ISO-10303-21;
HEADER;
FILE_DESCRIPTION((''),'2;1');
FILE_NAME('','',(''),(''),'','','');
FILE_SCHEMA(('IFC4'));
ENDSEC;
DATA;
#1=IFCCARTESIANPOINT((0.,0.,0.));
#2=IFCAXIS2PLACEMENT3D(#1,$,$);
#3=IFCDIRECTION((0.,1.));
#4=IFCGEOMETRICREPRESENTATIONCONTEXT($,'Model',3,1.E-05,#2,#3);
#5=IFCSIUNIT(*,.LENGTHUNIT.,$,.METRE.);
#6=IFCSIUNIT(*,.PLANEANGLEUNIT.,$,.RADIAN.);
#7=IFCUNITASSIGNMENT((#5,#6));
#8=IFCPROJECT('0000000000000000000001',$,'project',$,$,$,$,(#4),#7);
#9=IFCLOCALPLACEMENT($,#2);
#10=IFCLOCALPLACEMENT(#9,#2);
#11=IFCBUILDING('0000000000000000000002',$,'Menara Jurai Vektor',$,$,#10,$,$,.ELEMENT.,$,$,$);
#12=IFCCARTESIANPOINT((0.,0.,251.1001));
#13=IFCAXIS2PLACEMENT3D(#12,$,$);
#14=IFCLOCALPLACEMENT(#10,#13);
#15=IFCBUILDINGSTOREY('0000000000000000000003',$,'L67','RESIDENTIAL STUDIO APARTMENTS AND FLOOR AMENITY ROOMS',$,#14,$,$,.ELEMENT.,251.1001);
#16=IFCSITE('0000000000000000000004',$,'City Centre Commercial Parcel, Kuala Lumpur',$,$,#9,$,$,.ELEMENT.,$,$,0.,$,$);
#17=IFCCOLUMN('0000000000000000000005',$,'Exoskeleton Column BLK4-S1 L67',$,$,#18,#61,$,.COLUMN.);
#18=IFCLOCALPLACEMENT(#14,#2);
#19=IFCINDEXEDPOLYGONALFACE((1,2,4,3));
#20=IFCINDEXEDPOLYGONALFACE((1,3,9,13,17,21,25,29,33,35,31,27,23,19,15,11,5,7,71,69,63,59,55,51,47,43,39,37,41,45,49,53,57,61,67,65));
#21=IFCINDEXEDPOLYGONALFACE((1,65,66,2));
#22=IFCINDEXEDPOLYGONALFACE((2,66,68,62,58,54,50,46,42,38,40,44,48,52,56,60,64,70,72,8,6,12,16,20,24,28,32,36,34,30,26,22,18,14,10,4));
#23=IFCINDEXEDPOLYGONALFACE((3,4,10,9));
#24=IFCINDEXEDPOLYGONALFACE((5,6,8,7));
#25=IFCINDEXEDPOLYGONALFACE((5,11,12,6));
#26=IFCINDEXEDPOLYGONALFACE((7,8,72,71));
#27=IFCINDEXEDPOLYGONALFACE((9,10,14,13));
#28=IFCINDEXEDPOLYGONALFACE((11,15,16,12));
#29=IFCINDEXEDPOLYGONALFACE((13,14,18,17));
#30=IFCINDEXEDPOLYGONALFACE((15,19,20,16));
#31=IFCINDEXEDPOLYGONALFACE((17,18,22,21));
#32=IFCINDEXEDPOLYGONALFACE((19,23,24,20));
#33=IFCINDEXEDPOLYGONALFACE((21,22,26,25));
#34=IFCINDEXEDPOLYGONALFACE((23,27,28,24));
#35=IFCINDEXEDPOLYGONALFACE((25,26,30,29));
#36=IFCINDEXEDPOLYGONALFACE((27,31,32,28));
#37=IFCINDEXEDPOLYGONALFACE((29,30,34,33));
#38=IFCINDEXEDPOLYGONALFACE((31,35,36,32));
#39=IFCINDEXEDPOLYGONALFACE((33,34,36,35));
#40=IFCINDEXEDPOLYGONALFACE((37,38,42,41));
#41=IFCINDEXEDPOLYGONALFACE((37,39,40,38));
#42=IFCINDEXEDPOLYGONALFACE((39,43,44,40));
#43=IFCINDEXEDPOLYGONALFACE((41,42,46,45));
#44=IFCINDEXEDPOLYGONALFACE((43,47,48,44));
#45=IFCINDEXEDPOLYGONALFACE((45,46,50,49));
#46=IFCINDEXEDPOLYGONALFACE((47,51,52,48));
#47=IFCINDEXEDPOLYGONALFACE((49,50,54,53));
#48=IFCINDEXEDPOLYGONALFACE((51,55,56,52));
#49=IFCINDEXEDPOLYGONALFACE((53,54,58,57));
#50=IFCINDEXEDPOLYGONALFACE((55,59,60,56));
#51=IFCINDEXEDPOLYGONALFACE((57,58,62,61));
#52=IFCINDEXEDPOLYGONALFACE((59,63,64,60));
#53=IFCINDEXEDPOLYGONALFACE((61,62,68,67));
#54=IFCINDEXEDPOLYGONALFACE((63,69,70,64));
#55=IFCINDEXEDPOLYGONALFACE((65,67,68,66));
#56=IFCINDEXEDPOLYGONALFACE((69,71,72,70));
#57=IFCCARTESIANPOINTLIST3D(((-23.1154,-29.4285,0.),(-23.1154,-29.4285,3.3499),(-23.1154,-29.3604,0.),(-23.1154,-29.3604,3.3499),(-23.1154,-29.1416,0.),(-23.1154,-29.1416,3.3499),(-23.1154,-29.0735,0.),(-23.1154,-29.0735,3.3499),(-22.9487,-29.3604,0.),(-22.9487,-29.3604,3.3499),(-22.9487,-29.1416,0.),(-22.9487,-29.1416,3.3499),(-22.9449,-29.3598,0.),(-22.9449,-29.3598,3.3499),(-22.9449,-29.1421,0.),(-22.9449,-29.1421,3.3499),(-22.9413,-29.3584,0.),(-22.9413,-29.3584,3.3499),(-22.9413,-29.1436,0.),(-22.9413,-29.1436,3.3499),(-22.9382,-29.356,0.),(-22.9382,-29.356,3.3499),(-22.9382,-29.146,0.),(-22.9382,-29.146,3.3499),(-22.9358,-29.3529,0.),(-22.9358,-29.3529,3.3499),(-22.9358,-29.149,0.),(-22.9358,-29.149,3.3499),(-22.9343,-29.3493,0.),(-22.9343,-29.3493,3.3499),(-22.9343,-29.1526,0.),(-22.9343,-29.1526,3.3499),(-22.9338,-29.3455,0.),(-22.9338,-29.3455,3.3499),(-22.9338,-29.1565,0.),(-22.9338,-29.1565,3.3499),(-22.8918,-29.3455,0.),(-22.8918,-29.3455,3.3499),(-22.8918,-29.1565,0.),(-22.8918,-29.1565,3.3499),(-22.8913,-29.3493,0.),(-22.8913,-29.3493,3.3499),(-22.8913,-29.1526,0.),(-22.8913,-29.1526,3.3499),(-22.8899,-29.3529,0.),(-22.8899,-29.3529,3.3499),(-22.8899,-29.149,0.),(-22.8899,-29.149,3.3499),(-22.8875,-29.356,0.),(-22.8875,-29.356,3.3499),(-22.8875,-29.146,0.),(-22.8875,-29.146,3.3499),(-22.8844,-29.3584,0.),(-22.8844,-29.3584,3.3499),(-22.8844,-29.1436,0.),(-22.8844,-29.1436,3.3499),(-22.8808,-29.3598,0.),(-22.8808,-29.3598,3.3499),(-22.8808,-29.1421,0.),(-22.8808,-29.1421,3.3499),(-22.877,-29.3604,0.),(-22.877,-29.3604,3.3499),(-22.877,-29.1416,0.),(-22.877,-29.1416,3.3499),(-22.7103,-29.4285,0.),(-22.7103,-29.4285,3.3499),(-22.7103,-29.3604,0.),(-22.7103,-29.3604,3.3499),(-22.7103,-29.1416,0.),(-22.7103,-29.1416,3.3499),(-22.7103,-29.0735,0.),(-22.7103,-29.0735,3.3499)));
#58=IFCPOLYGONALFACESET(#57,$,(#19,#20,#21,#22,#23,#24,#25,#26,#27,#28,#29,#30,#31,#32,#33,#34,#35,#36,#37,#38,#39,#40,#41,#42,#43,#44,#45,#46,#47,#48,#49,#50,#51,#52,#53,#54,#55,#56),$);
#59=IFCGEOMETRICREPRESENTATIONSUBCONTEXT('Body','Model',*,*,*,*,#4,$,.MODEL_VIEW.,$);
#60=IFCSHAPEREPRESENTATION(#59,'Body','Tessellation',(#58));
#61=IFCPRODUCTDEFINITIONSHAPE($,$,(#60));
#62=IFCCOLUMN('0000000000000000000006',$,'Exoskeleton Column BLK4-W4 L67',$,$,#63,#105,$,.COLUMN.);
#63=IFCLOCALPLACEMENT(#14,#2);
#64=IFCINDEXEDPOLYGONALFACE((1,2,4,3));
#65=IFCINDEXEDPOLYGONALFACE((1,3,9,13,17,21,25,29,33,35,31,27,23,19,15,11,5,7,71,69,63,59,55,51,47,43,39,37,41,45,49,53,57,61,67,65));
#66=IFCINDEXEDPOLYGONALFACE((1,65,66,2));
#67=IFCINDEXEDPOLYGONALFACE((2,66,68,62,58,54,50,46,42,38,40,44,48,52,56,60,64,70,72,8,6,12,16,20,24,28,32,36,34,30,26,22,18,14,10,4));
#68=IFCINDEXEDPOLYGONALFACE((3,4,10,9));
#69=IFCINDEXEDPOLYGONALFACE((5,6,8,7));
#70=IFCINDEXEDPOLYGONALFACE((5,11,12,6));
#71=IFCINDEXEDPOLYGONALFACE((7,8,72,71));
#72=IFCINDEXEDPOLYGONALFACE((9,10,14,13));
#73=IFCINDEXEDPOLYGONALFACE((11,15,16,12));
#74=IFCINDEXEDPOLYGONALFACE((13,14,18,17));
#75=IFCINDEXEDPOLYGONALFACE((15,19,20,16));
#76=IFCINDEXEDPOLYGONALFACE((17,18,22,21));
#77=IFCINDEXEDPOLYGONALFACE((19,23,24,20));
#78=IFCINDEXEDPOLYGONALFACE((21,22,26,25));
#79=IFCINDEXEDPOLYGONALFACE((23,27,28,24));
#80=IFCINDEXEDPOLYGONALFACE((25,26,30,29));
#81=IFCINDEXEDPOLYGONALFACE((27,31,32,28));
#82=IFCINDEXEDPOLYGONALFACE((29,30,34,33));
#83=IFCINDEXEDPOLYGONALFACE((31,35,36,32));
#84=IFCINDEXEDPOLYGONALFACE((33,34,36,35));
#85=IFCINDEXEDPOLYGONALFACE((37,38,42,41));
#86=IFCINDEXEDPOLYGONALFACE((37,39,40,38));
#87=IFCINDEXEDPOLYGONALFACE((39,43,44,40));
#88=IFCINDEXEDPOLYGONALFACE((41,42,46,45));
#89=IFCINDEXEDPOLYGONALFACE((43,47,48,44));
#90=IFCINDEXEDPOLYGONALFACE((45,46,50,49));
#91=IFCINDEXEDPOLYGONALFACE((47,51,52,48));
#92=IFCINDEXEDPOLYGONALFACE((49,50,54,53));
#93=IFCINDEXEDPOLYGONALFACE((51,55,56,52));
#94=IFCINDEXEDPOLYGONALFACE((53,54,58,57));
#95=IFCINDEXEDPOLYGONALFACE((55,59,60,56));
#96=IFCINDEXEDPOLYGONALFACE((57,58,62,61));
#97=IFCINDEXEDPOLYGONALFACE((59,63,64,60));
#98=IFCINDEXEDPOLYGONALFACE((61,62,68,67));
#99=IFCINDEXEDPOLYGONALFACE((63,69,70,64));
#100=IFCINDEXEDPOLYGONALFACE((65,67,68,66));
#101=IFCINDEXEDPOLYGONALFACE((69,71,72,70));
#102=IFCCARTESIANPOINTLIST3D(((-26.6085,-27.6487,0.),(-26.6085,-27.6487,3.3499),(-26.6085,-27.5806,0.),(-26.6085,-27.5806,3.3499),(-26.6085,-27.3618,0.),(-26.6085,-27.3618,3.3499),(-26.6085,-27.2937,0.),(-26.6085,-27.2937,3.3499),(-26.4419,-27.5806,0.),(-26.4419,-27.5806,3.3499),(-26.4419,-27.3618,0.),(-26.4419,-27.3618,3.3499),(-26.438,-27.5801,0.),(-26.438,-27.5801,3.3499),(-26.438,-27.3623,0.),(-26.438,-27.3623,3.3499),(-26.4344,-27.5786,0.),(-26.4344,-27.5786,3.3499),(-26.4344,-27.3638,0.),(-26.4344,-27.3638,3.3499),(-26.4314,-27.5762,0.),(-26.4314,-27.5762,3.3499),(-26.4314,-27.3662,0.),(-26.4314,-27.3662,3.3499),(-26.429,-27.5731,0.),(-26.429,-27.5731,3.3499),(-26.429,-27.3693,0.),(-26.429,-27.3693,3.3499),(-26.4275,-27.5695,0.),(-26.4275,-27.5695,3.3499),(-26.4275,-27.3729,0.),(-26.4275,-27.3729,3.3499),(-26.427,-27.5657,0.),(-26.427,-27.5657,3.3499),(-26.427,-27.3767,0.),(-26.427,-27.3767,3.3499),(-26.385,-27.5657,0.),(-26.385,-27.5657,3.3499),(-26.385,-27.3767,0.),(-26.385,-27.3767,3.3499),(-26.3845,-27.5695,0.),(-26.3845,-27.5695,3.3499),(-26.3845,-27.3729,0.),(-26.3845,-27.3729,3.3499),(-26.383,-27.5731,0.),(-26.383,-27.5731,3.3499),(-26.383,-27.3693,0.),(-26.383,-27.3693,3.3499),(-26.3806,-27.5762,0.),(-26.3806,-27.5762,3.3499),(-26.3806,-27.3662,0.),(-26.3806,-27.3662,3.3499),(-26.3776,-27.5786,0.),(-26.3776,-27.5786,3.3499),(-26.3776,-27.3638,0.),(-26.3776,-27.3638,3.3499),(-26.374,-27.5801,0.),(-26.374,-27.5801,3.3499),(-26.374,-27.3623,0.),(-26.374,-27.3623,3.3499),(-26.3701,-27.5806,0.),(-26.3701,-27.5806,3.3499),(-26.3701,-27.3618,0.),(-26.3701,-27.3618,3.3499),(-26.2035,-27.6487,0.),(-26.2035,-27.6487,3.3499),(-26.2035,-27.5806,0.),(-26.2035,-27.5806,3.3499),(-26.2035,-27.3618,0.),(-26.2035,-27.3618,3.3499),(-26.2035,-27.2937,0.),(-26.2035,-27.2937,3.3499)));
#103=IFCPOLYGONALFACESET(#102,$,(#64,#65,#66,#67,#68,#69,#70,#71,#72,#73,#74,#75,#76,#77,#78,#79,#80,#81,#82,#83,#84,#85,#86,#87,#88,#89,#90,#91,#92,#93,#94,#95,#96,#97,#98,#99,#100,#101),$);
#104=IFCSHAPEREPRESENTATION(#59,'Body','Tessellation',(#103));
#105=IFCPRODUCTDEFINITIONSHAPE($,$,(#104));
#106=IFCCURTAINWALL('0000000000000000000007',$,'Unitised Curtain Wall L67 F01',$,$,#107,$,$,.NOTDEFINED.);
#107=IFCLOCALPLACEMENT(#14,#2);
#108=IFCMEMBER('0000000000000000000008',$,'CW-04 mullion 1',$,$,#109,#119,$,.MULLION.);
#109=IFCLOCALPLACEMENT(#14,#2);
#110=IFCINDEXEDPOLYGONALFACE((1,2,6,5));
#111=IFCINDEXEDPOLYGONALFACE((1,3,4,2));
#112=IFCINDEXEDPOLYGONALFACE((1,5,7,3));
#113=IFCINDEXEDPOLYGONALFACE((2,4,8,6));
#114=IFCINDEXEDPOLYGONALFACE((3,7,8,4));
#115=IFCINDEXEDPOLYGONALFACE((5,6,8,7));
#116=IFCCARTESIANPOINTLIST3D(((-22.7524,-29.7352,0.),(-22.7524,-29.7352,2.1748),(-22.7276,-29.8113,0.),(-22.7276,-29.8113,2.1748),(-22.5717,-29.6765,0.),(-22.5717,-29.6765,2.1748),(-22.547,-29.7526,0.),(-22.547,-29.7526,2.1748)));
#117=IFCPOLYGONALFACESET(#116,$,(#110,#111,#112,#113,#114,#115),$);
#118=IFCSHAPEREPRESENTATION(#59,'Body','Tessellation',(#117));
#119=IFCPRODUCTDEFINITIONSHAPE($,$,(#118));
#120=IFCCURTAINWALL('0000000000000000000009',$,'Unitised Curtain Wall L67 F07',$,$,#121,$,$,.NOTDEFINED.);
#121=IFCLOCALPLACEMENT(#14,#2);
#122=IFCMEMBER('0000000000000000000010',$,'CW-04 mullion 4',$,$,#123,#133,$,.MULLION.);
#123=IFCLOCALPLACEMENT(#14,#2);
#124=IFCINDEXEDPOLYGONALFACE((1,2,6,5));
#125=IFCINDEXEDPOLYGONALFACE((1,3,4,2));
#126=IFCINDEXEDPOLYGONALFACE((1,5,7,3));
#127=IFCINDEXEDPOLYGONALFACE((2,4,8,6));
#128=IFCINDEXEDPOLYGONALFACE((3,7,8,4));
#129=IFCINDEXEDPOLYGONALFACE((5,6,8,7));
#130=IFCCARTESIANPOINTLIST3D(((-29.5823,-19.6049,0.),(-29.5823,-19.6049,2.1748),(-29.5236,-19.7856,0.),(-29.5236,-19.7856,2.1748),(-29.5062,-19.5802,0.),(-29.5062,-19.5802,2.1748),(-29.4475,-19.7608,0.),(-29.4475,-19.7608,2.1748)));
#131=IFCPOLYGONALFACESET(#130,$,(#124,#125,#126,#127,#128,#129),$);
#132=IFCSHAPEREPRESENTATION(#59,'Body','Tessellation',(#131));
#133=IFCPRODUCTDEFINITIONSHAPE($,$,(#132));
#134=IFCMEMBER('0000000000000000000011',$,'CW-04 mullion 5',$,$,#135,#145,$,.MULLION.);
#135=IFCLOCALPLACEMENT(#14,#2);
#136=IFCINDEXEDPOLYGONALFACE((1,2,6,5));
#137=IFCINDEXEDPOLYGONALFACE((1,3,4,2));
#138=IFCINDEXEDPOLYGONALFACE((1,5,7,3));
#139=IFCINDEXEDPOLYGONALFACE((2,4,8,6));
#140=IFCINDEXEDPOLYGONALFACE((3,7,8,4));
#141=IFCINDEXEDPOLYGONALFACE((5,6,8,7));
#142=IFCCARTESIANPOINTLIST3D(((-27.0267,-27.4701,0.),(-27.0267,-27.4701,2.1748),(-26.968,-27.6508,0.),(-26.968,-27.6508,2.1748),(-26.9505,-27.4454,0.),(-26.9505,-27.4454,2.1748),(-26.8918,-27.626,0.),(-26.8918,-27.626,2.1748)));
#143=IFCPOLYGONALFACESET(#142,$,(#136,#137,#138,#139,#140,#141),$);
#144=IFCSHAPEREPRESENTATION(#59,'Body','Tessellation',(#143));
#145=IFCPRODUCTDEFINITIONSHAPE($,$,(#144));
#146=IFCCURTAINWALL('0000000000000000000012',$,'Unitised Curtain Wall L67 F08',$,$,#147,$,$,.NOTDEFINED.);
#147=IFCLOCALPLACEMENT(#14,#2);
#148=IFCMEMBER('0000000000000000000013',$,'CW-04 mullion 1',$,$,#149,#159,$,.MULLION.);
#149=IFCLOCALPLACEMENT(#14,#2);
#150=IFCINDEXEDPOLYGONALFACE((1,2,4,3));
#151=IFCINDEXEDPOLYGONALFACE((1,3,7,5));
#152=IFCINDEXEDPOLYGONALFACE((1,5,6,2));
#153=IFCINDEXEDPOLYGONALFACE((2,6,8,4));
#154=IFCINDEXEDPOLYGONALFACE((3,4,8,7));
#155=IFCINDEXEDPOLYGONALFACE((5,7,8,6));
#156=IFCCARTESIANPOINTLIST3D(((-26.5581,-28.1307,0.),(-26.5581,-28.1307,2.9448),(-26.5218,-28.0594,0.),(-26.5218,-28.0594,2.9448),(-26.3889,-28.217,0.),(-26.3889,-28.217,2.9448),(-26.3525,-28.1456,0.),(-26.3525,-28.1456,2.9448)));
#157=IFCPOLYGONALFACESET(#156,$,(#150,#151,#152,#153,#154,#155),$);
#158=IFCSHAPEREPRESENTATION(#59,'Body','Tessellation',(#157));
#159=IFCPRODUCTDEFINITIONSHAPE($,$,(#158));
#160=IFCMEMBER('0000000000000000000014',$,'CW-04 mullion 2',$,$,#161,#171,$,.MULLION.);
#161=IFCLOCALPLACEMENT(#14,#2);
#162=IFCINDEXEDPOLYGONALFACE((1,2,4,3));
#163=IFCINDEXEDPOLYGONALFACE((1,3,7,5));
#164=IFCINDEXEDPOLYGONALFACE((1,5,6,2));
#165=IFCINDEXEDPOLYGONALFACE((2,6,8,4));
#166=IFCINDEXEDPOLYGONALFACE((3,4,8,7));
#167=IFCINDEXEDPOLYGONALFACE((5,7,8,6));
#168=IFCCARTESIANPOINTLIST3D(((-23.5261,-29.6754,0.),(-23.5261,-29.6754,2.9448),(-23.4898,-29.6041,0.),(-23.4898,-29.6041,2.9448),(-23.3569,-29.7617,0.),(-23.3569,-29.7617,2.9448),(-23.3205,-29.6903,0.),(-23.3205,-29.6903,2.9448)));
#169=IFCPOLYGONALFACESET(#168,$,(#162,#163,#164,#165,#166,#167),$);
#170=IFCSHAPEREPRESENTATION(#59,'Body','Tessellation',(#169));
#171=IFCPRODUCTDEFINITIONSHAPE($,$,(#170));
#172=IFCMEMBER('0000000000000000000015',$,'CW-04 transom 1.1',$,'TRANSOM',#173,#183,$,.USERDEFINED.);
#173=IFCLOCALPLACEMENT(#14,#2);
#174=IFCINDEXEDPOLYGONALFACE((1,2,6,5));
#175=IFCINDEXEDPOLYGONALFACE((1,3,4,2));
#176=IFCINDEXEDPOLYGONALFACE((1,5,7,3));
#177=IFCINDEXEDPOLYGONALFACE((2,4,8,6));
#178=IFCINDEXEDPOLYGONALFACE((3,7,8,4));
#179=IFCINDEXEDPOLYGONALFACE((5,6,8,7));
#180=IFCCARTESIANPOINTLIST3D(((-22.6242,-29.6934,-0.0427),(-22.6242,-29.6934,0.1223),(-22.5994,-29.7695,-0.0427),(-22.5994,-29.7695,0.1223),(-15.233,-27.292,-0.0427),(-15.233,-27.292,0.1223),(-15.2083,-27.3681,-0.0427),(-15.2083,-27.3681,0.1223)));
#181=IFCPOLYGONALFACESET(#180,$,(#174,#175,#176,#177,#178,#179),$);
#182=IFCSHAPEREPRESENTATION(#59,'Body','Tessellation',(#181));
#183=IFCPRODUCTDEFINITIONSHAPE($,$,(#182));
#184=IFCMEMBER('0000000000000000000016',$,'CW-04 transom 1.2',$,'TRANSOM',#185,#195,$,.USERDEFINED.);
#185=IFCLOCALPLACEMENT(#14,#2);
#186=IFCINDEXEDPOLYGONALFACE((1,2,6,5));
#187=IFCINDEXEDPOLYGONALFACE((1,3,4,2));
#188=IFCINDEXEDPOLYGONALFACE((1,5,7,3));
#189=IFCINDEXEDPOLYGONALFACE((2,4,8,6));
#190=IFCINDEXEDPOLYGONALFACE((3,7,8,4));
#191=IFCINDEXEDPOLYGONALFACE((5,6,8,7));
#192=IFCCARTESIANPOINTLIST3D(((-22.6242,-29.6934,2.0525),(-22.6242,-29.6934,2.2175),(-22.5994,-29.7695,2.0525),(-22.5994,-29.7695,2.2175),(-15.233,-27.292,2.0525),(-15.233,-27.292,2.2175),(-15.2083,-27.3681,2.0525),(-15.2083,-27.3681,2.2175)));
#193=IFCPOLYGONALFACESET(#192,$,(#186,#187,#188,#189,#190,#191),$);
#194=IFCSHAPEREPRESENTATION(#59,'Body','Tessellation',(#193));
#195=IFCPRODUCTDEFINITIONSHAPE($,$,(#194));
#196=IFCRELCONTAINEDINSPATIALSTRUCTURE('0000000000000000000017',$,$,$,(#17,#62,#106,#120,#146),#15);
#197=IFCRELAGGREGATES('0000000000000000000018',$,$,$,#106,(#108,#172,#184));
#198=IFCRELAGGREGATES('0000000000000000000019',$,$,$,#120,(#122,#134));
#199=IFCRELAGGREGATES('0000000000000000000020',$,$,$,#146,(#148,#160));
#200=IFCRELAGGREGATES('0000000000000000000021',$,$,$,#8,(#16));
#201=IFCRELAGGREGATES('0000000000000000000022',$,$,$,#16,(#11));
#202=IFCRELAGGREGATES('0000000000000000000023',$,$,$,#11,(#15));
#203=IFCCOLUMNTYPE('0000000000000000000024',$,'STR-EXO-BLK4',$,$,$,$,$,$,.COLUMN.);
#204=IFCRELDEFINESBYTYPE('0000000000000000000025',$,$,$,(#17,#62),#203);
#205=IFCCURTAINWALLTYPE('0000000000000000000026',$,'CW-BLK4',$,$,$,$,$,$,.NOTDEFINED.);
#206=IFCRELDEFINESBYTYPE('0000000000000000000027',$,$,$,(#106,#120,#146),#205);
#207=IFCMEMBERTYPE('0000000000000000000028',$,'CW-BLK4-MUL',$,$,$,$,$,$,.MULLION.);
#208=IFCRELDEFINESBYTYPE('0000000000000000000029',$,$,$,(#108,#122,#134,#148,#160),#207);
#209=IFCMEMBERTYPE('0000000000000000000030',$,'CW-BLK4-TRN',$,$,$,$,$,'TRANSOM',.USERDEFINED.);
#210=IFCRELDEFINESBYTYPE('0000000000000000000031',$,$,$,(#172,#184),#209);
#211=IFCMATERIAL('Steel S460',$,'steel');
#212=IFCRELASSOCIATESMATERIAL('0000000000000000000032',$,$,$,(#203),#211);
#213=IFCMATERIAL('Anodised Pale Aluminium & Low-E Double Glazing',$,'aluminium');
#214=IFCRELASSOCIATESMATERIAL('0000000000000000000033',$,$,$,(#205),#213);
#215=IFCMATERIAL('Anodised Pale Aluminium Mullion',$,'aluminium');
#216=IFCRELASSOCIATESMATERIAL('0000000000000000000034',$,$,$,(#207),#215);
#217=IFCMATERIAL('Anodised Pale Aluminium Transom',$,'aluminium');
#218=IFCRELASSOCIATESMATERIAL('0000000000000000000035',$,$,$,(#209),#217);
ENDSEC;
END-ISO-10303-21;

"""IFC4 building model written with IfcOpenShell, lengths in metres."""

from ifc_helpers import new_model, si_unit, direction, frame, origin, origin_2d, place, context, subcontext, project, spatial, rectangle, i_section, extrude, material, material_profile, profile_set, type_object, element, aggregate, save


model = new_model("IFC4")

# Units and contexts
model_context = context("Model", 3, precision=1e-05, world=origin(), true_north=direction((0.0, 1.0)))
body_context = subcontext(model_context, "Body", "Model", "MODEL_VIEW")
ifc_project = project(units=[si_unit("LENGTHUNIT", "METRE"), si_unit("PLANEANGLEUNIT", "RADIAN")], contexts=[model_context])

# Site, building, storey
site_placement = place(None, origin())
site = spatial("IfcSite", under=ifc_project, at=site_placement, Name="City Centre Commercial Parcel, Kuala Lumpur", CompositionType="ELEMENT", RefElevation=0.0)
building_placement = place(site_placement, origin())
building = spatial("IfcBuilding", under=site, at=building_placement, Name="Menara Jurai Vektor", CompositionType="ELEMENT")
storey_placement = place(building_placement, frame((0.0, 0.0, 251.1001)))
storey = spatial("IfcBuildingStorey", under=building, at=storey_placement, Name="L67", Description="RESIDENTIAL STUDIO APARTMENTS AND FLOOR AMENITY ROOMS", CompositionType="ELEMENT", Elevation=251.1001)

# Columns
ifc_material_1 = material(Name="Steel S460", Category="steel")
ifc_material_profile_1 = material_profile(ifc_material_1, i_section(OverallWidth=0.405, OverallDepth=0.355, WebThickness=0.042, FlangeThickness=0.0681, FilletRadius=0.0149, at=origin_2d()), Name="HD 400x551")
ifc_profile_set_1 = profile_set([ifc_material_profile_1], Name="Steel S460")
column_type = type_object("IfcColumnType", Name="STR-EXO-BLK4", PredefinedType="COLUMN", material=ifc_profile_set_1)
for number, where, z_axis, x_axis, name in (
    (1, (-22.9128, -29.251, 0.0), (0.0, 0.0, 1.0), (1.0, 0.0, 0.0), "Exoskeleton Column BLK4-S1 L67"),
    (2, (-26.406, -27.4712, 0.0), (0.0, 0.0, 1.0), (1.0, 0.0, 0.0), "Exoskeleton Column BLK4-W4 L67"),
):
    element("IfcColumn", number, at=place(storey_placement, frame(where, z_axis=z_axis, x_axis=x_axis)), inside=storey, type_object=column_type, Name=name, PredefinedType="COLUMN", context=body_context, shape_type="SweptSolid", body=[
        extrude(i_section(OverallWidth=0.405, OverallDepth=0.355, WebThickness=0.042, FlangeThickness=0.0681, FilletRadius=0.0149, at=origin_2d()), origin(), (0.0, 0.0, 1.0), 3.3499),
    ])

# Curtain wall, member
ifc_material_2 = material(Name="Anodised Pale Aluminium & Low-E Double Glazing", Category="aluminium")
curtain_wall_type = type_object("IfcCurtainWallType", Name="CW-BLK4", PredefinedType="NOTDEFINED", material=ifc_material_2)
curtain_wall_1_placement = place(storey_placement, origin())
curtain_wall_1 = element("IfcCurtainWall", 3, at=curtain_wall_1_placement, inside=storey, type_object=curtain_wall_type, Name="Unitised Curtain Wall L67 F01", PredefinedType="NOTDEFINED")
ifc_material_3 = material(Name="Anodised Pale Aluminium Mullion", Category="aluminium")
ifc_material_profile_2 = material_profile(ifc_material_3, rectangle(XDim=0.0801, YDim=0.1899, at=origin_2d()), Name="ALU MUL 80x190")
ifc_profile_set_2 = profile_set([ifc_material_profile_2], Name="Anodised Pale Aluminium Mullion")
member_type_1 = type_object("IfcMemberType", Name="CW-BLK4-MUL", PredefinedType="MULLION", material=ifc_profile_set_2)
member_1_placement = place(storey_placement, frame((-22.6497, -29.7439, 0.0), z_axis=(0.0, 0.0, 1.0), x_axis=(-0.309017, 0.951056, 0.0)))
member_1 = element("IfcMember", 4, at=member_1_placement, type_object=member_type_1, Name="CW-04 mullion 1", PredefinedType="MULLION", context=body_context, shape_type="SweptSolid", body=[
    extrude(rectangle(XDim=0.0801, YDim=0.1899, at=origin_2d()), origin(), (0.0, 0.0, 1.0), 2.1748),
])

# Curtain walls, members
curtain_wall_2_placement = place(storey_placement, origin())
curtain_wall_2 = element("IfcCurtainWall", 5, at=curtain_wall_2_placement, inside=storey, type_object=curtain_wall_type, Name="Unitised Curtain Wall L67 F07", PredefinedType="NOTDEFINED")
member_2_placement = place(storey_placement, frame((-29.5149, -19.6829, 0.0), z_axis=(0.0, 0.0, 1.0), x_axis=(0.951057, 0.309016, 0.0)))
member_2 = element("IfcMember", 6, at=member_2_placement, type_object=member_type_1, Name="CW-04 mullion 4", PredefinedType="MULLION", context=body_context, shape_type="SweptSolid", body=[
    extrude(rectangle(XDim=0.0801, YDim=0.1899, at=origin_2d()), origin(), (0.0, 0.0, 1.0), 2.1748),
])
member_3_placement = place(storey_placement, frame((-26.9592, -27.5481, 0.0), z_axis=(0.0, 0.0, 1.0), x_axis=(0.951057, 0.309016, 0.0)))
member_3 = element("IfcMember", 7, at=member_3_placement, type_object=member_type_1, Name="CW-04 mullion 5", PredefinedType="MULLION", context=body_context, shape_type="SweptSolid", body=[
    extrude(rectangle(XDim=0.0801, YDim=0.1899, at=origin_2d()), origin(), (0.0, 0.0, 1.0), 2.1748),
])
curtain_wall_3_placement = place(storey_placement, origin())
curtain_wall_3 = element("IfcCurtainWall", 8, at=curtain_wall_3_placement, inside=storey, type_object=curtain_wall_type, Name="Unitised Curtain Wall L67 F08", PredefinedType="NOTDEFINED")
member_4_placement = place(storey_placement, frame((-26.4553, -28.1382, 0.0), z_axis=(0.0, 0.0, 1.0), x_axis=(0.453989, 0.891008, 0.0)))
member_4 = element("IfcMember", 9, at=member_4_placement, type_object=member_type_1, Name="CW-04 mullion 1", PredefinedType="MULLION", context=body_context, shape_type="SweptSolid", body=[
    extrude(rectangle(XDim=0.0801, YDim=0.1899, at=origin_2d()), origin(), (0.0, 0.0, 1.0), 2.9448),
])
member_5_placement = place(storey_placement, frame((-23.4233, -29.6829, 0.0), z_axis=(0.0, 0.0, 1.0), x_axis=(0.453989, 0.891008, 0.0)))
member_5 = element("IfcMember", 10, at=member_5_placement, type_object=member_type_1, Name="CW-04 mullion 2", PredefinedType="MULLION", context=body_context, shape_type="SweptSolid", body=[
    extrude(rectangle(XDim=0.0801, YDim=0.1899, at=origin_2d()), origin(), (0.0, 0.0, 1.0), 2.9448),
])

# Members
ifc_material_4 = material(Name="Anodised Pale Aluminium Transom", Category="aluminium")
ifc_material_profile_3 = material_profile(ifc_material_4, rectangle(XDim=0.0801, YDim=0.165, at=origin_2d()), Name="ALU TRN 80x165")
ifc_profile_set_3 = profile_set([ifc_material_profile_3], Name="Anodised Pale Aluminium Transom")
member_type_2 = type_object("IfcMemberType", Name="CW-BLK4-TRN", ElementType="TRANSOM", PredefinedType="USERDEFINED", material=ifc_profile_set_3)
member_6_placement = place(storey_placement, frame((-22.6118, -29.7314, 0.0398), z_axis=(0.951062, 0.308999, 0.0), x_axis=(-0.308999, 0.951062, 0.0)))
member_6 = element("IfcMember", 11, at=member_6_placement, type_object=member_type_2, Name="CW-04 transom 1.1", ObjectType="TRANSOM", PredefinedType="USERDEFINED", context=body_context, shape_type="SweptSolid", body=[
    extrude(rectangle(XDim=0.0801, YDim=0.165, at=origin_2d()), origin(), (0.0, 0.0, 1.0), 7.7715),
])
member_7_placement = place(storey_placement, frame((-22.6118, -29.7314, 2.135), z_axis=(0.951062, 0.308999, 0.0), x_axis=(-0.308999, 0.951062, 0.0)))
member_7 = element("IfcMember", 12, at=member_7_placement, type_object=member_type_2, Name="CW-04 transom 1.2", ObjectType="TRANSOM", PredefinedType="USERDEFINED", context=body_context, shape_type="SweptSolid", body=[
    extrude(rectangle(XDim=0.0801, YDim=0.165, at=origin_2d()), origin(), (0.0, 0.0, 1.0), 7.7715),
])
aggregate(curtain_wall_1, [member_1, member_6, member_7])

aggregate(curtain_wall_2, [member_2, member_3])
aggregate(curtain_wall_3, [member_4, member_5])

save(model, "model.ifc")
